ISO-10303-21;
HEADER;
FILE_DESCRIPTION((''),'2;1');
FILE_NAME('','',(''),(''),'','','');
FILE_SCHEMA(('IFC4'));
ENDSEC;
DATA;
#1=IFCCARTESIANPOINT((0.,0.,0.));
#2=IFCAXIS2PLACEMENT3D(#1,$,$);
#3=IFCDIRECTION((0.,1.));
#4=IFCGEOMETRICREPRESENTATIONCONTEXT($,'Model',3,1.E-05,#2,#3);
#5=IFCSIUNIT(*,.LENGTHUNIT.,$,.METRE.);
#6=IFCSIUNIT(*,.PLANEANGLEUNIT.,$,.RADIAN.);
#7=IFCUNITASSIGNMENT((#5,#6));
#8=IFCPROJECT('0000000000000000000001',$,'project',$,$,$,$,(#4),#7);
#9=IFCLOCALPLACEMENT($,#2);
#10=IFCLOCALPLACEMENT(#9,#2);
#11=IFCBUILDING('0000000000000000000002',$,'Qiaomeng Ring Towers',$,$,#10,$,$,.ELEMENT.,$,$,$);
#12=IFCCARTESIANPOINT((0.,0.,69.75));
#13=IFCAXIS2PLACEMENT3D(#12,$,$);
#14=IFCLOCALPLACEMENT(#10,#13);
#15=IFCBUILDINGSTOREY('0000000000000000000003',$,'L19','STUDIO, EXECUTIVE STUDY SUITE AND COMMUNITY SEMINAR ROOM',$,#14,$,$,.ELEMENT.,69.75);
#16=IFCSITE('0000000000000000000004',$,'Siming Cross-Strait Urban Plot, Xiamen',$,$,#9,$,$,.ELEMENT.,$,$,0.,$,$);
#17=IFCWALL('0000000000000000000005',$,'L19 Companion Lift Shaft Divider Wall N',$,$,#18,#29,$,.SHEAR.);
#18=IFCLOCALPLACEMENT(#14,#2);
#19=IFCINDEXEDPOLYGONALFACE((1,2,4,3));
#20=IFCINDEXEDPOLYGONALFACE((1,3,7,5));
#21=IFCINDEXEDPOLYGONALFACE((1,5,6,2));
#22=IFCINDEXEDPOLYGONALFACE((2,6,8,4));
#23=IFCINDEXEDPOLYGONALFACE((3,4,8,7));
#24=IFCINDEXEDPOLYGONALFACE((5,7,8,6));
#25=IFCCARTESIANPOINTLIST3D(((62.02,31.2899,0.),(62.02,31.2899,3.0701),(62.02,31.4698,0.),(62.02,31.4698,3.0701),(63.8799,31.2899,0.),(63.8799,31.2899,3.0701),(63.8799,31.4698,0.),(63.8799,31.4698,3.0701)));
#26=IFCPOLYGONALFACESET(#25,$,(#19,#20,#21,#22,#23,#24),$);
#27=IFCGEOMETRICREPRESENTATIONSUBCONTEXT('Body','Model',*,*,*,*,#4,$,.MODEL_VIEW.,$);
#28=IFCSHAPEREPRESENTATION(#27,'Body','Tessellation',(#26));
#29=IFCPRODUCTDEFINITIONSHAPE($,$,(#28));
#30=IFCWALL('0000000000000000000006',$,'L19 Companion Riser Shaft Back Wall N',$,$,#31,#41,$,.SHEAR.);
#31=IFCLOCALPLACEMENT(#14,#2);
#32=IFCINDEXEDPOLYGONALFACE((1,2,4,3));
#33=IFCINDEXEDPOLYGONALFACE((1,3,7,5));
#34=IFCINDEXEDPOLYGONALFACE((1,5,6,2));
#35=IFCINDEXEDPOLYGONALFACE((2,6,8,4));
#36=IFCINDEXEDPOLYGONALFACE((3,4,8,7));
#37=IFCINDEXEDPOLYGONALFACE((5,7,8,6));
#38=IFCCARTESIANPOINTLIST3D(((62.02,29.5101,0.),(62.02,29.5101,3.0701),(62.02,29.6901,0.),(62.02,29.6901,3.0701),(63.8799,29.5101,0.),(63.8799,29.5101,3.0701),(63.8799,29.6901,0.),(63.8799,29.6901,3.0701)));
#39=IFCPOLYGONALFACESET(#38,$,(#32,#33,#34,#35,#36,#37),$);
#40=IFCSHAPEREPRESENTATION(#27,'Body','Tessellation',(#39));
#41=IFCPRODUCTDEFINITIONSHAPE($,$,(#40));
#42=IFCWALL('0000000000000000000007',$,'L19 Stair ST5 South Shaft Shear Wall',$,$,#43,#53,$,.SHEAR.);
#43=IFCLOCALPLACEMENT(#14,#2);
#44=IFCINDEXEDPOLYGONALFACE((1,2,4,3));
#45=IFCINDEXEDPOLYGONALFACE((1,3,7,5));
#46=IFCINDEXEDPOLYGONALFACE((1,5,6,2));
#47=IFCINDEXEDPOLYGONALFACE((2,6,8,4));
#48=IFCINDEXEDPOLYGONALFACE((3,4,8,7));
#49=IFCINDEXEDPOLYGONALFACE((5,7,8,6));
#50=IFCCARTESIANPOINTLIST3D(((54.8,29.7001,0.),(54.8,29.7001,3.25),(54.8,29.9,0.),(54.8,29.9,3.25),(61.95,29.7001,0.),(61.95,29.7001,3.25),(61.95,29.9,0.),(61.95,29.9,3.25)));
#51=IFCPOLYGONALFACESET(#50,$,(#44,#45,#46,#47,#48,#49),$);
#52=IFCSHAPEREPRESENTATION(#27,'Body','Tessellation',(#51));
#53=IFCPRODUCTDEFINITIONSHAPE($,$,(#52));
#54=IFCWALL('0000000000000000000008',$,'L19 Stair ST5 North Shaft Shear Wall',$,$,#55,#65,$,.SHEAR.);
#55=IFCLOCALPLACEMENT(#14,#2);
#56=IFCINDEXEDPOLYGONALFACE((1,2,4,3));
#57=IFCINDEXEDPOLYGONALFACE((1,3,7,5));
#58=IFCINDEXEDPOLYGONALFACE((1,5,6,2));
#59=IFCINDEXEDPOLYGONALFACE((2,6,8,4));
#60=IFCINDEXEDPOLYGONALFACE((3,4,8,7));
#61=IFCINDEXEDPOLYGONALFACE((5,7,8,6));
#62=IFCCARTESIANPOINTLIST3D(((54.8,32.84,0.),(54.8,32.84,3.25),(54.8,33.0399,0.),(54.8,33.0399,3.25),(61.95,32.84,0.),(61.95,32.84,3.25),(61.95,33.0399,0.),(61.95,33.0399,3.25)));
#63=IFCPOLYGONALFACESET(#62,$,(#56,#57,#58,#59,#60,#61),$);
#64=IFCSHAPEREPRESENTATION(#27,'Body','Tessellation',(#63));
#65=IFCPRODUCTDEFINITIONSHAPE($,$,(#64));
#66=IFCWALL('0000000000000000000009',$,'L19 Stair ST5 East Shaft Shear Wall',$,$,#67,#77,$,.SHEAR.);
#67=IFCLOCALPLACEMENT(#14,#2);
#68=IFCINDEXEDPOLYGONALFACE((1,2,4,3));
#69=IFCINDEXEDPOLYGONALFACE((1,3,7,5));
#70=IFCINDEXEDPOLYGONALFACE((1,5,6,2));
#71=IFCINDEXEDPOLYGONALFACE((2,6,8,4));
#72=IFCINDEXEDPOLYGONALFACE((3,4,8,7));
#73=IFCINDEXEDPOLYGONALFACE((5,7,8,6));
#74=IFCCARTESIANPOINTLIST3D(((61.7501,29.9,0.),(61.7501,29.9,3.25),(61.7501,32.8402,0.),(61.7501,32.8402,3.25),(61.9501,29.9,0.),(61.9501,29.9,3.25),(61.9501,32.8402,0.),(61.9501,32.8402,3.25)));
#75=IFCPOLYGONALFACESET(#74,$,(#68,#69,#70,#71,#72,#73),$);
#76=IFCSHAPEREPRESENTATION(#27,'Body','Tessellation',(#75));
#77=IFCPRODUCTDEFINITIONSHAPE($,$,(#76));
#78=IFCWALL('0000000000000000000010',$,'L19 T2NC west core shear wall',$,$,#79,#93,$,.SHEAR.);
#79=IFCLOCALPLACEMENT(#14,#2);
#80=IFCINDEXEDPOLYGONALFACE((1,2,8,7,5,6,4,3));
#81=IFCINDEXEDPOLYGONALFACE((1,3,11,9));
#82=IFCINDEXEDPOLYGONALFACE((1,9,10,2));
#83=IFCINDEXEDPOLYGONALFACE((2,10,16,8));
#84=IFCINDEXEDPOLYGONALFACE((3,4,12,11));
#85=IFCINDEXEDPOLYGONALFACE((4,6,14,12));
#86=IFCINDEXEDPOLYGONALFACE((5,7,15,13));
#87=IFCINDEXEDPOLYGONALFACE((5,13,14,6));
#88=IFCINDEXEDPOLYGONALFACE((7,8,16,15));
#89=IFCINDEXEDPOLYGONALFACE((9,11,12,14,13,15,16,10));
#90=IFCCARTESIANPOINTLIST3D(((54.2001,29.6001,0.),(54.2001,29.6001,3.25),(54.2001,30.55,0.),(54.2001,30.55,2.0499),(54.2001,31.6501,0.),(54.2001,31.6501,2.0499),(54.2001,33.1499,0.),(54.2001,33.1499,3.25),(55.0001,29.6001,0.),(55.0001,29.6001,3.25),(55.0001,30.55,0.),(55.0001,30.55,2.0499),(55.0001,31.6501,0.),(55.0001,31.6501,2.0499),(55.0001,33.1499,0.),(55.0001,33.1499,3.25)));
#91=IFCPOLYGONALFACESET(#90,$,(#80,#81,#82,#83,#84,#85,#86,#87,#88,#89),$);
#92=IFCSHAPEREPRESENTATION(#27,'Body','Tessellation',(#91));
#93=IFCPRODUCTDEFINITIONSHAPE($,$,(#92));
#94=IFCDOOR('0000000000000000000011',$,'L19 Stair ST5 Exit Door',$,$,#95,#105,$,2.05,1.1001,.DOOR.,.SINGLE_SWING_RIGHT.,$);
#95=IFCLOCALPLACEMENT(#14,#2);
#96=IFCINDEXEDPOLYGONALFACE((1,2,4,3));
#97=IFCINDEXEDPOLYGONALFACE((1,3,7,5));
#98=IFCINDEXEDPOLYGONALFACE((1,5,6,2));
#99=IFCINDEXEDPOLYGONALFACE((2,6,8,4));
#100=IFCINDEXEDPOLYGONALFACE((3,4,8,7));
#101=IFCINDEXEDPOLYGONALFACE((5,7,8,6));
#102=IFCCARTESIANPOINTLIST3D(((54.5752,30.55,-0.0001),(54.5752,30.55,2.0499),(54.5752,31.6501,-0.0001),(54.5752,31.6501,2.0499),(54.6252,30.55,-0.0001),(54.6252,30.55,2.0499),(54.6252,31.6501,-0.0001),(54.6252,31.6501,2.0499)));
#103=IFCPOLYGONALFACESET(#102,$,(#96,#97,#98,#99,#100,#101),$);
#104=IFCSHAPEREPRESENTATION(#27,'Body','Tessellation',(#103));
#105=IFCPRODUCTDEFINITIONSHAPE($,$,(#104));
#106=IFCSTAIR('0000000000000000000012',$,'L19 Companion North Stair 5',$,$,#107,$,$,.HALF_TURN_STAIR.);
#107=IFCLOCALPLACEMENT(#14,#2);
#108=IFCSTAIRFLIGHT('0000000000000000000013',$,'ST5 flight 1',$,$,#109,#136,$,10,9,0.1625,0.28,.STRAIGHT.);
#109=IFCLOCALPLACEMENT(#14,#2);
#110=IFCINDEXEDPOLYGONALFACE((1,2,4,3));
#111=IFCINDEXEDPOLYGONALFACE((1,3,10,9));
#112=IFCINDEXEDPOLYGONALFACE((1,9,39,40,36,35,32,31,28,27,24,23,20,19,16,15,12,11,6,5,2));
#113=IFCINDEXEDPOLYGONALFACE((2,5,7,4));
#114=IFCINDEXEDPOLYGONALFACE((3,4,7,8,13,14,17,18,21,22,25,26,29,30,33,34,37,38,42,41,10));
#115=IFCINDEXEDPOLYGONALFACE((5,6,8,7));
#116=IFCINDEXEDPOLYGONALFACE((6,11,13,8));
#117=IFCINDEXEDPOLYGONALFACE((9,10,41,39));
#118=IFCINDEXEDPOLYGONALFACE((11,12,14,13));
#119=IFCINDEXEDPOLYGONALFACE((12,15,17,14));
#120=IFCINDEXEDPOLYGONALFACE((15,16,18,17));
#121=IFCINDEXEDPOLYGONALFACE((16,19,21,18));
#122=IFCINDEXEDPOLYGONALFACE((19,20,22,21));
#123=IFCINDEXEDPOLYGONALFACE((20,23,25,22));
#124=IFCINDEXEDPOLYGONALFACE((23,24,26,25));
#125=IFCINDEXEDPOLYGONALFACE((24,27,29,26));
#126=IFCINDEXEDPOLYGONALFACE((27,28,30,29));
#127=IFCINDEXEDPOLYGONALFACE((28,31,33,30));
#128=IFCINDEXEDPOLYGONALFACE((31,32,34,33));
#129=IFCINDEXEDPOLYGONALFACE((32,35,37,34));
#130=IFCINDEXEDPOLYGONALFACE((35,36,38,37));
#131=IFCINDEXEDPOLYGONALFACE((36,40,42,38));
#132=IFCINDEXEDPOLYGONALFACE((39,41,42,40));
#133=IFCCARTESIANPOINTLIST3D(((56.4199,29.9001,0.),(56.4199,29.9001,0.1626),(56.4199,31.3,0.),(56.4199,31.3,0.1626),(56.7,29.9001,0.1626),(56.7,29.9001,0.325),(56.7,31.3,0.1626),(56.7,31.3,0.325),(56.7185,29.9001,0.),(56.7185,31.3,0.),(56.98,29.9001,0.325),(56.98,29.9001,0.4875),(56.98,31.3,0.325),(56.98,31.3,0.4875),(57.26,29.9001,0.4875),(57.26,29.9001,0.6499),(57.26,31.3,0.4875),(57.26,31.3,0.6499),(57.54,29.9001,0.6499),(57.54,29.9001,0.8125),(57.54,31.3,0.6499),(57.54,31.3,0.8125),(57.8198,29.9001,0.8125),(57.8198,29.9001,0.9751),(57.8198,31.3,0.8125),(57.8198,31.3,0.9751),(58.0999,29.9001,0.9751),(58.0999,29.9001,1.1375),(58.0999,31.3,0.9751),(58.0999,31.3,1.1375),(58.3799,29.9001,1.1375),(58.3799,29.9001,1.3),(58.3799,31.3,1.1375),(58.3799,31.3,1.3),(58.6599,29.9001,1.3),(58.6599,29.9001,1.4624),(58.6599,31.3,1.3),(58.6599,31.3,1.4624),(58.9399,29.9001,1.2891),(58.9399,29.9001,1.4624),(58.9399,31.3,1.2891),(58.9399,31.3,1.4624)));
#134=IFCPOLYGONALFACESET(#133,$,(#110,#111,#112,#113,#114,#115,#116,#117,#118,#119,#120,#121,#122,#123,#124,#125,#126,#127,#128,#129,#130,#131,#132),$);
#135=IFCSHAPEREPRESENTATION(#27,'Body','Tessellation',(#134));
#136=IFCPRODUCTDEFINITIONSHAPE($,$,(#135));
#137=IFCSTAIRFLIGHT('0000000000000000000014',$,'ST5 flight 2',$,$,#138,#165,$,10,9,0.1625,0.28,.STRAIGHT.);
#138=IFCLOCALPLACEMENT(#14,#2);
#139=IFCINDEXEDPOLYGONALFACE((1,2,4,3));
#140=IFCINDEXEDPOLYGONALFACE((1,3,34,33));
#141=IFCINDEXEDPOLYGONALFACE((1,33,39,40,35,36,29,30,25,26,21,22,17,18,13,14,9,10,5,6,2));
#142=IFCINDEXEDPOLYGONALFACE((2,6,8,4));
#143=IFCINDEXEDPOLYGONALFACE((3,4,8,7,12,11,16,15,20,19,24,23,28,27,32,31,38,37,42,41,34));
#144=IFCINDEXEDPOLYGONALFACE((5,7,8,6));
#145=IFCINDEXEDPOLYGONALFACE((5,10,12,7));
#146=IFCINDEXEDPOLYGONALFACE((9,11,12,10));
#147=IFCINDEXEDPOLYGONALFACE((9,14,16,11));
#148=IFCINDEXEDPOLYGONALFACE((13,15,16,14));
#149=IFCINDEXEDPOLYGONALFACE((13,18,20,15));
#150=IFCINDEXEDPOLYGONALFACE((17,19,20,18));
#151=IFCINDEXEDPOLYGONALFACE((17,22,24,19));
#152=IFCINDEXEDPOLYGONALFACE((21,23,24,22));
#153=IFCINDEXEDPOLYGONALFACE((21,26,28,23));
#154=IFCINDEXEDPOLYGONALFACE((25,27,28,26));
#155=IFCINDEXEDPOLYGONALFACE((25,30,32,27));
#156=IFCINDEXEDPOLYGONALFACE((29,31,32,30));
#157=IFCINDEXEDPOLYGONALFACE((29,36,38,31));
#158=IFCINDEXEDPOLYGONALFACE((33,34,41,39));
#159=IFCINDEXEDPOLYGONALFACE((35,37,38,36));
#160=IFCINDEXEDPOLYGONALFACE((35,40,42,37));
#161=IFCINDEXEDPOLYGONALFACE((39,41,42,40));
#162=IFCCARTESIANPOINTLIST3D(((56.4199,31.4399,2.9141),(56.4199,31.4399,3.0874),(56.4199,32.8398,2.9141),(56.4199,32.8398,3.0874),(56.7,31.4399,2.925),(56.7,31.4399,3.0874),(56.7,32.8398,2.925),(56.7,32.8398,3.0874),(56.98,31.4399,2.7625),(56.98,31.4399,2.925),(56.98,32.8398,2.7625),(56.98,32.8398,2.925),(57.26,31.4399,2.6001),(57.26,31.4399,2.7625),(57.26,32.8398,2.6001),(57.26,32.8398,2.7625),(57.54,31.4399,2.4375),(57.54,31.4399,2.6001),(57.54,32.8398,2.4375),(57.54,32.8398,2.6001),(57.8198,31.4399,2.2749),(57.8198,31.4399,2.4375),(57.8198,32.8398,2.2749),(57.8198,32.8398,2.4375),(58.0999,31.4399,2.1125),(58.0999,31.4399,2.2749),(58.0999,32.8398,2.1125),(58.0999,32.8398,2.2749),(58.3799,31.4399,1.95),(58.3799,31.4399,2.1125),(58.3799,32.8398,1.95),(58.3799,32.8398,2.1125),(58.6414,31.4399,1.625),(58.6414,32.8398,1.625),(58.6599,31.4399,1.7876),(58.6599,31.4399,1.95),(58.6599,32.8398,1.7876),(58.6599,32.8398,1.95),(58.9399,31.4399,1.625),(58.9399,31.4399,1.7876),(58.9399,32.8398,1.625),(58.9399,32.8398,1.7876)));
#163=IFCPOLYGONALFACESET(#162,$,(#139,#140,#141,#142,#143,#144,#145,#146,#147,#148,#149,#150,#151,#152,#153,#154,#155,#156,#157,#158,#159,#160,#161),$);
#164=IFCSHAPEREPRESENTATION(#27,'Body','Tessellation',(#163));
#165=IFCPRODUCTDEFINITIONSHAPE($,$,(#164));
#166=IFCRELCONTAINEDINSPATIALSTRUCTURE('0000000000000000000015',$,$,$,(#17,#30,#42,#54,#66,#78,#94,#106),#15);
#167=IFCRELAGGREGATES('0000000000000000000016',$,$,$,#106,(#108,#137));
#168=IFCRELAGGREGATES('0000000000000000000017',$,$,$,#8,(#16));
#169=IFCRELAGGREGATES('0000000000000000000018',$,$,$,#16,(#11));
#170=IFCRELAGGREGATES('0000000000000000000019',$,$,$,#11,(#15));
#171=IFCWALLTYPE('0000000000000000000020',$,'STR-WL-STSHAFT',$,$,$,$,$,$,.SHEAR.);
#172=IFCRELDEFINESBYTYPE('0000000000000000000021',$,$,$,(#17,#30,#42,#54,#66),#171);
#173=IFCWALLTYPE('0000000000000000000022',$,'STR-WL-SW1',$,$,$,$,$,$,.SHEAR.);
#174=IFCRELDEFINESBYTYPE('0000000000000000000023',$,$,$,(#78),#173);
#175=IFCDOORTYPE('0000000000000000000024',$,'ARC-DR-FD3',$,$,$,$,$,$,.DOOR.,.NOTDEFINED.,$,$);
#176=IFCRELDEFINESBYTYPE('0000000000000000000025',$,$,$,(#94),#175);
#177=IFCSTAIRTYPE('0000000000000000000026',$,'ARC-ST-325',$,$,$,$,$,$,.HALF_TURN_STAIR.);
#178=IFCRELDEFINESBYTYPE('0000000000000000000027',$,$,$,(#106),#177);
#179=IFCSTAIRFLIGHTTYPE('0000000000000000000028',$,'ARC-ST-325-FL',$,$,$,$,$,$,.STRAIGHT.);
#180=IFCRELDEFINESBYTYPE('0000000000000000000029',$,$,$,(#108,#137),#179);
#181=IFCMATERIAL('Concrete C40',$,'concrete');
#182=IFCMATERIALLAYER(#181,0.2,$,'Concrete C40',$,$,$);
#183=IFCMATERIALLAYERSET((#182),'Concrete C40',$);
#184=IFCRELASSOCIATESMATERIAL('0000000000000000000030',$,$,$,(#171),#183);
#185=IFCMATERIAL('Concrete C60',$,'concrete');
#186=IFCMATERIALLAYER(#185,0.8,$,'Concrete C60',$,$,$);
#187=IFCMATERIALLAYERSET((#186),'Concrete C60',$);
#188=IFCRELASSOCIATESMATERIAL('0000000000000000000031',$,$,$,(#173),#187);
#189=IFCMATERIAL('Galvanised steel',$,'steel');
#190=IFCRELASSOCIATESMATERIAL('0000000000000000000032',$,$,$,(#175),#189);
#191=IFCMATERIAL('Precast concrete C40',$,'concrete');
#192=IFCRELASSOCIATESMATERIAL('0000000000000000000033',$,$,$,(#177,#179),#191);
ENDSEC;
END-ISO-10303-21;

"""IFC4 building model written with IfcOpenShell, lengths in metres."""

from ifc_helpers import new_model, si_unit, direction, frame, frame_2d, origin, place, context, subcontext, project, spatial, polyline, rectangle, outline, extrude, source, transform, mapped, material, layer, layer_set, type_object, element, fill, aggregate, save


model = new_model("IFC4")

# Units and contexts
model_context = context("Model", 3, precision=1e-05, world=origin(), true_north=direction((0.0, 1.0)))
body_context = subcontext(model_context, "Body", "Model", "MODEL_VIEW")
ifc_project = project(units=[si_unit("LENGTHUNIT", "METRE"), si_unit("PLANEANGLEUNIT", "RADIAN")], contexts=[model_context])

# Site, building, storey
site_placement = place(None, origin())
site = spatial("IfcSite", under=ifc_project, at=site_placement, Name="Siming Cross-Strait Urban Plot, Xiamen", CompositionType="ELEMENT", RefElevation=0.0)
building_placement = place(site_placement, origin())
building = spatial("IfcBuilding", under=site, at=building_placement, Name="Qiaomeng Ring Towers", CompositionType="ELEMENT")
storey_placement = place(building_placement, frame((0.0, 0.0, 69.75)))
storey = spatial("IfcBuildingStorey", under=building, at=storey_placement, Name="L19", Description="STUDIO, EXECUTIVE STUDY SUITE AND COMMUNITY SEMINAR ROOM", CompositionType="ELEMENT", Elevation=69.75)

# Walls
ifc_material_1 = material(Name="Concrete C40", Category="concrete")
ifc_layer_1 = layer(ifc_material_1, 0.2, Name="Concrete C40")
ifc_layer_set_1 = layer_set([ifc_layer_1], Name="Concrete C40")
wall_type_1 = type_object("IfcWallType", Name="STR-WL-STSHAFT", PredefinedType="SHEAR", material=ifc_layer_set_1)
for number, where, z_axis, x_axis, name in (
    (1, (62.02, 31.3799, 0.0), (0.0, 0.0, 1.0), (1.0, 0.0, 0.0), "L19 Companion Lift Shaft Divider Wall N"),
    (2, (62.02, 29.6001, 0.0), (0.0, 0.0, 1.0), (1.0, 0.0, 0.0), "L19 Companion Riser Shaft Back Wall N"),
):
    element("IfcWall", number, at=place(storey_placement, frame(where, z_axis=z_axis, x_axis=x_axis)), inside=storey, type_object=wall_type_1, Name=name, PredefinedType="SHEAR", context=body_context, shape_type="SweptSolid", body=[
        extrude(rectangle(XDim=1.8599, YDim=0.1799, at=frame_2d((0.9299, 0.0))), origin(), (0.0, 0.0, 1.0), 3.0701),
    ])
for number, where, z_axis, x_axis, name in (
    (3, (54.8, 29.8, 0.0), (0.0, 0.0, 1.0), (1.0, 0.0, 0.0), "L19 Stair ST5 South Shaft Shear Wall"),
    (4, (54.8, 32.9399, 0.0), (0.0, 0.0, 1.0), (1.0, 0.0, 0.0), "L19 Stair ST5 North Shaft Shear Wall"),
):
    element("IfcWall", number, at=place(storey_placement, frame(where, z_axis=z_axis, x_axis=x_axis)), inside=storey, type_object=wall_type_1, Name=name, PredefinedType="SHEAR", context=body_context, shape_type="SweptSolid", body=[
        extrude(rectangle(XDim=7.1499, YDim=0.2, at=frame_2d((3.575, 0.0))), origin(), (0.0, 0.0, 1.0), 3.25),
    ])
wall_1_placement = place(storey_placement, frame((61.8501, 29.8999, 0.0), z_axis=(0.0, 0.0, 1.0), x_axis=(0.0, 1.0, 0.0)))
element("IfcWall", 5, at=wall_1_placement, inside=storey, type_object=wall_type_1, Name="L19 Stair ST5 East Shaft Shear Wall", PredefinedType="SHEAR", context=body_context, shape_type="SweptSolid", body=[
    extrude(rectangle(XDim=2.9402, YDim=0.2, at=frame_2d((1.4702, 0.0))), origin(), (0.0, 0.0, 1.0), 3.25),
])

# Wall, opening, door
ifc_material_2 = material(Name="Concrete C60", Category="concrete")
ifc_layer_2 = layer(ifc_material_2, 0.8, Name="Concrete C60")
ifc_layer_set_2 = layer_set([ifc_layer_2], Name="Concrete C60")
wall_type_2 = type_object("IfcWallType", Name="STR-WL-SW1", PredefinedType="SHEAR", material=ifc_layer_set_2)
wall_2_placement = place(storey_placement, frame((54.6001, 29.6001, 0.0), z_axis=(0.0, 0.0, 1.0), x_axis=(0.0, 1.0, 0.0)))
wall_2 = element("IfcWall", 6, at=wall_2_placement, inside=storey, type_object=wall_type_2, Name="L19 T2NC west core shear wall", PredefinedType="SHEAR", context=body_context, shape_type="SweptSolid", body=[
    extrude(rectangle(XDim=3.5498, YDim=0.8, at=frame_2d((1.7749, 0.0))), origin(), (0.0, 0.0, 1.0), 3.25),
])
opening_placement = place(wall_2_placement, frame((0.95, 0.0, 0.0)))
opening = element("IfcOpeningElement", 7, at=opening_placement, cuts=wall_2, PredefinedType="OPENING", context=body_context, shape_type="SweptSolid", body=[
    extrude(rectangle(XDim=1.1001, YDim=2.05, at=frame_2d((0.55, 1.0249))), frame((0.0, 0.4099, 0.0), z_axis=(0.0, -1.0, 0.0), x_axis=(1.0, 0.0, 0.0)), (0.0, 0.0, 1.0), 0.8201),
])
ifc_material_3 = material(Name="Galvanised steel", Category="steel")
door_type = type_object("IfcDoorType", Name="ARC-DR-FD3", OperationType="NOTDEFINED", PredefinedType="DOOR", material=ifc_material_3)
shared_shape_1 = source(origin(), body_context, "Body", "SweptSolid", [
    extrude(rectangle(XDim=1.1001, YDim=2.05, at=frame_2d((0.55, 1.0249))), frame((0.0, 0.0249, 0.0), z_axis=(0.0, -1.0, 0.0), x_axis=(1.0, 0.0, 0.0)), (0.0, 0.0, 1.0), 0.05),
])
door_placement = place(opening_placement, origin())
door = element("IfcDoor", 8, at=door_placement, inside=storey, type_object=door_type, Name="L19 Stair ST5 Exit Door", OperationType="SINGLE_SWING_RIGHT", OverallHeight=2.05, OverallWidth=1.1001, PredefinedType="DOOR", context=body_context, shape_type="MappedRepresentation", body=[
    mapped(shared_shape_1, transform((0.0, 0.0, 0.0), x_axis=(1.0, 0.0, 0.0), y_axis=(0.0, 1.0, 0.0), z_axis=(0.0, 0.0, 1.0), scale=1.0)),
])
fill(opening, door)

# Stair, stair flights
ifc_material_4 = material(Name="Precast concrete C40", Category="concrete")
stair_type = type_object("IfcStairType", Name="ARC-ST-325", PredefinedType="HALF_TURN_STAIR", material=ifc_material_4)
stair_placement = place(storey_placement, origin())
stair = element("IfcStair", 9, at=stair_placement, inside=storey, type_object=stair_type, Name="L19 Companion North Stair 5", PredefinedType="HALF_TURN_STAIR")
stair_flight_type = type_object("IfcStairFlightType", Name="ARC-ST-325-FL", PredefinedType="STRAIGHT", material=ifc_material_4)
shared_shape_2 = source(origin(), body_context, "Body", "SweptSolid", [
    extrude(outline(polyline([(0.0, 0.0), (0.0, 0.1626), (0.28, 0.1626), (0.28, 0.325), (0.5601, 0.325), (0.5601, 0.4875), (0.8401, 0.4875), (0.8401, 0.6499), (1.1201, 0.6499), (1.1201, 0.8125), (1.3999, 0.8125), (1.3999, 0.9751), (1.6799, 0.9751), (1.6799, 1.1375), (1.96, 1.1375), (1.96, 1.3), (2.24, 1.3), (2.24, 1.4624), (2.52, 1.4624), (2.52, 1.625), (2.52, 1.2891), (0.2986, 0.0), (0.0, 0.0)])), frame((0.0, 0.7, 0.0), z_axis=(0.0, -1.0, 0.0), x_axis=(1.0, 0.0, 0.0)), (0.0, 0.0, 1.0), 1.3999),
])
stair_flight_1_placement = place(storey_placement, frame((56.4199, 30.6001, 0.0), z_axis=(0.0, 0.0, 1.0), x_axis=(1.0, 0.0, 0.0)))
stair_flight_1 = element("IfcStairFlight", 10, at=stair_flight_1_placement, type_object=stair_flight_type, Name="ST5 flight 1", NumberOfRisers=10, NumberOfTreads=9, PredefinedType="STRAIGHT", RiserHeight=0.1625, TreadLength=0.28, context=body_context, shape_type="MappedRepresentation", body=[
    mapped(shared_shape_2, transform((0.0, 0.0, 0.0), x_axis=(1.0, 0.0, 0.0), y_axis=(0.0, 1.0, 0.0), z_axis=(0.0, 0.0, 1.0), scale=1.0)),
])
stair_flight_2_placement = place(storey_placement, frame((58.9399, 32.1399, 1.625), z_axis=(0.0, 0.0, 1.0), x_axis=(-1.0, 0.0, 0.0)))
stair_flight_2 = element("IfcStairFlight", 11, at=stair_flight_2_placement, type_object=stair_flight_type, Name="ST5 flight 2", NumberOfRisers=10, NumberOfTreads=9, PredefinedType="STRAIGHT", RiserHeight=0.1625, TreadLength=0.28, context=body_context, shape_type="MappedRepresentation", body=[
    mapped(shared_shape_2, transform((0.0, 0.0, 0.0), x_axis=(1.0, 0.0, 0.0), y_axis=(0.0, 1.0, 0.0), z_axis=(0.0, 0.0, 1.0), scale=1.0)),
])
aggregate(stair, [stair_flight_1, stair_flight_2])

save(model, "model.ifc")
